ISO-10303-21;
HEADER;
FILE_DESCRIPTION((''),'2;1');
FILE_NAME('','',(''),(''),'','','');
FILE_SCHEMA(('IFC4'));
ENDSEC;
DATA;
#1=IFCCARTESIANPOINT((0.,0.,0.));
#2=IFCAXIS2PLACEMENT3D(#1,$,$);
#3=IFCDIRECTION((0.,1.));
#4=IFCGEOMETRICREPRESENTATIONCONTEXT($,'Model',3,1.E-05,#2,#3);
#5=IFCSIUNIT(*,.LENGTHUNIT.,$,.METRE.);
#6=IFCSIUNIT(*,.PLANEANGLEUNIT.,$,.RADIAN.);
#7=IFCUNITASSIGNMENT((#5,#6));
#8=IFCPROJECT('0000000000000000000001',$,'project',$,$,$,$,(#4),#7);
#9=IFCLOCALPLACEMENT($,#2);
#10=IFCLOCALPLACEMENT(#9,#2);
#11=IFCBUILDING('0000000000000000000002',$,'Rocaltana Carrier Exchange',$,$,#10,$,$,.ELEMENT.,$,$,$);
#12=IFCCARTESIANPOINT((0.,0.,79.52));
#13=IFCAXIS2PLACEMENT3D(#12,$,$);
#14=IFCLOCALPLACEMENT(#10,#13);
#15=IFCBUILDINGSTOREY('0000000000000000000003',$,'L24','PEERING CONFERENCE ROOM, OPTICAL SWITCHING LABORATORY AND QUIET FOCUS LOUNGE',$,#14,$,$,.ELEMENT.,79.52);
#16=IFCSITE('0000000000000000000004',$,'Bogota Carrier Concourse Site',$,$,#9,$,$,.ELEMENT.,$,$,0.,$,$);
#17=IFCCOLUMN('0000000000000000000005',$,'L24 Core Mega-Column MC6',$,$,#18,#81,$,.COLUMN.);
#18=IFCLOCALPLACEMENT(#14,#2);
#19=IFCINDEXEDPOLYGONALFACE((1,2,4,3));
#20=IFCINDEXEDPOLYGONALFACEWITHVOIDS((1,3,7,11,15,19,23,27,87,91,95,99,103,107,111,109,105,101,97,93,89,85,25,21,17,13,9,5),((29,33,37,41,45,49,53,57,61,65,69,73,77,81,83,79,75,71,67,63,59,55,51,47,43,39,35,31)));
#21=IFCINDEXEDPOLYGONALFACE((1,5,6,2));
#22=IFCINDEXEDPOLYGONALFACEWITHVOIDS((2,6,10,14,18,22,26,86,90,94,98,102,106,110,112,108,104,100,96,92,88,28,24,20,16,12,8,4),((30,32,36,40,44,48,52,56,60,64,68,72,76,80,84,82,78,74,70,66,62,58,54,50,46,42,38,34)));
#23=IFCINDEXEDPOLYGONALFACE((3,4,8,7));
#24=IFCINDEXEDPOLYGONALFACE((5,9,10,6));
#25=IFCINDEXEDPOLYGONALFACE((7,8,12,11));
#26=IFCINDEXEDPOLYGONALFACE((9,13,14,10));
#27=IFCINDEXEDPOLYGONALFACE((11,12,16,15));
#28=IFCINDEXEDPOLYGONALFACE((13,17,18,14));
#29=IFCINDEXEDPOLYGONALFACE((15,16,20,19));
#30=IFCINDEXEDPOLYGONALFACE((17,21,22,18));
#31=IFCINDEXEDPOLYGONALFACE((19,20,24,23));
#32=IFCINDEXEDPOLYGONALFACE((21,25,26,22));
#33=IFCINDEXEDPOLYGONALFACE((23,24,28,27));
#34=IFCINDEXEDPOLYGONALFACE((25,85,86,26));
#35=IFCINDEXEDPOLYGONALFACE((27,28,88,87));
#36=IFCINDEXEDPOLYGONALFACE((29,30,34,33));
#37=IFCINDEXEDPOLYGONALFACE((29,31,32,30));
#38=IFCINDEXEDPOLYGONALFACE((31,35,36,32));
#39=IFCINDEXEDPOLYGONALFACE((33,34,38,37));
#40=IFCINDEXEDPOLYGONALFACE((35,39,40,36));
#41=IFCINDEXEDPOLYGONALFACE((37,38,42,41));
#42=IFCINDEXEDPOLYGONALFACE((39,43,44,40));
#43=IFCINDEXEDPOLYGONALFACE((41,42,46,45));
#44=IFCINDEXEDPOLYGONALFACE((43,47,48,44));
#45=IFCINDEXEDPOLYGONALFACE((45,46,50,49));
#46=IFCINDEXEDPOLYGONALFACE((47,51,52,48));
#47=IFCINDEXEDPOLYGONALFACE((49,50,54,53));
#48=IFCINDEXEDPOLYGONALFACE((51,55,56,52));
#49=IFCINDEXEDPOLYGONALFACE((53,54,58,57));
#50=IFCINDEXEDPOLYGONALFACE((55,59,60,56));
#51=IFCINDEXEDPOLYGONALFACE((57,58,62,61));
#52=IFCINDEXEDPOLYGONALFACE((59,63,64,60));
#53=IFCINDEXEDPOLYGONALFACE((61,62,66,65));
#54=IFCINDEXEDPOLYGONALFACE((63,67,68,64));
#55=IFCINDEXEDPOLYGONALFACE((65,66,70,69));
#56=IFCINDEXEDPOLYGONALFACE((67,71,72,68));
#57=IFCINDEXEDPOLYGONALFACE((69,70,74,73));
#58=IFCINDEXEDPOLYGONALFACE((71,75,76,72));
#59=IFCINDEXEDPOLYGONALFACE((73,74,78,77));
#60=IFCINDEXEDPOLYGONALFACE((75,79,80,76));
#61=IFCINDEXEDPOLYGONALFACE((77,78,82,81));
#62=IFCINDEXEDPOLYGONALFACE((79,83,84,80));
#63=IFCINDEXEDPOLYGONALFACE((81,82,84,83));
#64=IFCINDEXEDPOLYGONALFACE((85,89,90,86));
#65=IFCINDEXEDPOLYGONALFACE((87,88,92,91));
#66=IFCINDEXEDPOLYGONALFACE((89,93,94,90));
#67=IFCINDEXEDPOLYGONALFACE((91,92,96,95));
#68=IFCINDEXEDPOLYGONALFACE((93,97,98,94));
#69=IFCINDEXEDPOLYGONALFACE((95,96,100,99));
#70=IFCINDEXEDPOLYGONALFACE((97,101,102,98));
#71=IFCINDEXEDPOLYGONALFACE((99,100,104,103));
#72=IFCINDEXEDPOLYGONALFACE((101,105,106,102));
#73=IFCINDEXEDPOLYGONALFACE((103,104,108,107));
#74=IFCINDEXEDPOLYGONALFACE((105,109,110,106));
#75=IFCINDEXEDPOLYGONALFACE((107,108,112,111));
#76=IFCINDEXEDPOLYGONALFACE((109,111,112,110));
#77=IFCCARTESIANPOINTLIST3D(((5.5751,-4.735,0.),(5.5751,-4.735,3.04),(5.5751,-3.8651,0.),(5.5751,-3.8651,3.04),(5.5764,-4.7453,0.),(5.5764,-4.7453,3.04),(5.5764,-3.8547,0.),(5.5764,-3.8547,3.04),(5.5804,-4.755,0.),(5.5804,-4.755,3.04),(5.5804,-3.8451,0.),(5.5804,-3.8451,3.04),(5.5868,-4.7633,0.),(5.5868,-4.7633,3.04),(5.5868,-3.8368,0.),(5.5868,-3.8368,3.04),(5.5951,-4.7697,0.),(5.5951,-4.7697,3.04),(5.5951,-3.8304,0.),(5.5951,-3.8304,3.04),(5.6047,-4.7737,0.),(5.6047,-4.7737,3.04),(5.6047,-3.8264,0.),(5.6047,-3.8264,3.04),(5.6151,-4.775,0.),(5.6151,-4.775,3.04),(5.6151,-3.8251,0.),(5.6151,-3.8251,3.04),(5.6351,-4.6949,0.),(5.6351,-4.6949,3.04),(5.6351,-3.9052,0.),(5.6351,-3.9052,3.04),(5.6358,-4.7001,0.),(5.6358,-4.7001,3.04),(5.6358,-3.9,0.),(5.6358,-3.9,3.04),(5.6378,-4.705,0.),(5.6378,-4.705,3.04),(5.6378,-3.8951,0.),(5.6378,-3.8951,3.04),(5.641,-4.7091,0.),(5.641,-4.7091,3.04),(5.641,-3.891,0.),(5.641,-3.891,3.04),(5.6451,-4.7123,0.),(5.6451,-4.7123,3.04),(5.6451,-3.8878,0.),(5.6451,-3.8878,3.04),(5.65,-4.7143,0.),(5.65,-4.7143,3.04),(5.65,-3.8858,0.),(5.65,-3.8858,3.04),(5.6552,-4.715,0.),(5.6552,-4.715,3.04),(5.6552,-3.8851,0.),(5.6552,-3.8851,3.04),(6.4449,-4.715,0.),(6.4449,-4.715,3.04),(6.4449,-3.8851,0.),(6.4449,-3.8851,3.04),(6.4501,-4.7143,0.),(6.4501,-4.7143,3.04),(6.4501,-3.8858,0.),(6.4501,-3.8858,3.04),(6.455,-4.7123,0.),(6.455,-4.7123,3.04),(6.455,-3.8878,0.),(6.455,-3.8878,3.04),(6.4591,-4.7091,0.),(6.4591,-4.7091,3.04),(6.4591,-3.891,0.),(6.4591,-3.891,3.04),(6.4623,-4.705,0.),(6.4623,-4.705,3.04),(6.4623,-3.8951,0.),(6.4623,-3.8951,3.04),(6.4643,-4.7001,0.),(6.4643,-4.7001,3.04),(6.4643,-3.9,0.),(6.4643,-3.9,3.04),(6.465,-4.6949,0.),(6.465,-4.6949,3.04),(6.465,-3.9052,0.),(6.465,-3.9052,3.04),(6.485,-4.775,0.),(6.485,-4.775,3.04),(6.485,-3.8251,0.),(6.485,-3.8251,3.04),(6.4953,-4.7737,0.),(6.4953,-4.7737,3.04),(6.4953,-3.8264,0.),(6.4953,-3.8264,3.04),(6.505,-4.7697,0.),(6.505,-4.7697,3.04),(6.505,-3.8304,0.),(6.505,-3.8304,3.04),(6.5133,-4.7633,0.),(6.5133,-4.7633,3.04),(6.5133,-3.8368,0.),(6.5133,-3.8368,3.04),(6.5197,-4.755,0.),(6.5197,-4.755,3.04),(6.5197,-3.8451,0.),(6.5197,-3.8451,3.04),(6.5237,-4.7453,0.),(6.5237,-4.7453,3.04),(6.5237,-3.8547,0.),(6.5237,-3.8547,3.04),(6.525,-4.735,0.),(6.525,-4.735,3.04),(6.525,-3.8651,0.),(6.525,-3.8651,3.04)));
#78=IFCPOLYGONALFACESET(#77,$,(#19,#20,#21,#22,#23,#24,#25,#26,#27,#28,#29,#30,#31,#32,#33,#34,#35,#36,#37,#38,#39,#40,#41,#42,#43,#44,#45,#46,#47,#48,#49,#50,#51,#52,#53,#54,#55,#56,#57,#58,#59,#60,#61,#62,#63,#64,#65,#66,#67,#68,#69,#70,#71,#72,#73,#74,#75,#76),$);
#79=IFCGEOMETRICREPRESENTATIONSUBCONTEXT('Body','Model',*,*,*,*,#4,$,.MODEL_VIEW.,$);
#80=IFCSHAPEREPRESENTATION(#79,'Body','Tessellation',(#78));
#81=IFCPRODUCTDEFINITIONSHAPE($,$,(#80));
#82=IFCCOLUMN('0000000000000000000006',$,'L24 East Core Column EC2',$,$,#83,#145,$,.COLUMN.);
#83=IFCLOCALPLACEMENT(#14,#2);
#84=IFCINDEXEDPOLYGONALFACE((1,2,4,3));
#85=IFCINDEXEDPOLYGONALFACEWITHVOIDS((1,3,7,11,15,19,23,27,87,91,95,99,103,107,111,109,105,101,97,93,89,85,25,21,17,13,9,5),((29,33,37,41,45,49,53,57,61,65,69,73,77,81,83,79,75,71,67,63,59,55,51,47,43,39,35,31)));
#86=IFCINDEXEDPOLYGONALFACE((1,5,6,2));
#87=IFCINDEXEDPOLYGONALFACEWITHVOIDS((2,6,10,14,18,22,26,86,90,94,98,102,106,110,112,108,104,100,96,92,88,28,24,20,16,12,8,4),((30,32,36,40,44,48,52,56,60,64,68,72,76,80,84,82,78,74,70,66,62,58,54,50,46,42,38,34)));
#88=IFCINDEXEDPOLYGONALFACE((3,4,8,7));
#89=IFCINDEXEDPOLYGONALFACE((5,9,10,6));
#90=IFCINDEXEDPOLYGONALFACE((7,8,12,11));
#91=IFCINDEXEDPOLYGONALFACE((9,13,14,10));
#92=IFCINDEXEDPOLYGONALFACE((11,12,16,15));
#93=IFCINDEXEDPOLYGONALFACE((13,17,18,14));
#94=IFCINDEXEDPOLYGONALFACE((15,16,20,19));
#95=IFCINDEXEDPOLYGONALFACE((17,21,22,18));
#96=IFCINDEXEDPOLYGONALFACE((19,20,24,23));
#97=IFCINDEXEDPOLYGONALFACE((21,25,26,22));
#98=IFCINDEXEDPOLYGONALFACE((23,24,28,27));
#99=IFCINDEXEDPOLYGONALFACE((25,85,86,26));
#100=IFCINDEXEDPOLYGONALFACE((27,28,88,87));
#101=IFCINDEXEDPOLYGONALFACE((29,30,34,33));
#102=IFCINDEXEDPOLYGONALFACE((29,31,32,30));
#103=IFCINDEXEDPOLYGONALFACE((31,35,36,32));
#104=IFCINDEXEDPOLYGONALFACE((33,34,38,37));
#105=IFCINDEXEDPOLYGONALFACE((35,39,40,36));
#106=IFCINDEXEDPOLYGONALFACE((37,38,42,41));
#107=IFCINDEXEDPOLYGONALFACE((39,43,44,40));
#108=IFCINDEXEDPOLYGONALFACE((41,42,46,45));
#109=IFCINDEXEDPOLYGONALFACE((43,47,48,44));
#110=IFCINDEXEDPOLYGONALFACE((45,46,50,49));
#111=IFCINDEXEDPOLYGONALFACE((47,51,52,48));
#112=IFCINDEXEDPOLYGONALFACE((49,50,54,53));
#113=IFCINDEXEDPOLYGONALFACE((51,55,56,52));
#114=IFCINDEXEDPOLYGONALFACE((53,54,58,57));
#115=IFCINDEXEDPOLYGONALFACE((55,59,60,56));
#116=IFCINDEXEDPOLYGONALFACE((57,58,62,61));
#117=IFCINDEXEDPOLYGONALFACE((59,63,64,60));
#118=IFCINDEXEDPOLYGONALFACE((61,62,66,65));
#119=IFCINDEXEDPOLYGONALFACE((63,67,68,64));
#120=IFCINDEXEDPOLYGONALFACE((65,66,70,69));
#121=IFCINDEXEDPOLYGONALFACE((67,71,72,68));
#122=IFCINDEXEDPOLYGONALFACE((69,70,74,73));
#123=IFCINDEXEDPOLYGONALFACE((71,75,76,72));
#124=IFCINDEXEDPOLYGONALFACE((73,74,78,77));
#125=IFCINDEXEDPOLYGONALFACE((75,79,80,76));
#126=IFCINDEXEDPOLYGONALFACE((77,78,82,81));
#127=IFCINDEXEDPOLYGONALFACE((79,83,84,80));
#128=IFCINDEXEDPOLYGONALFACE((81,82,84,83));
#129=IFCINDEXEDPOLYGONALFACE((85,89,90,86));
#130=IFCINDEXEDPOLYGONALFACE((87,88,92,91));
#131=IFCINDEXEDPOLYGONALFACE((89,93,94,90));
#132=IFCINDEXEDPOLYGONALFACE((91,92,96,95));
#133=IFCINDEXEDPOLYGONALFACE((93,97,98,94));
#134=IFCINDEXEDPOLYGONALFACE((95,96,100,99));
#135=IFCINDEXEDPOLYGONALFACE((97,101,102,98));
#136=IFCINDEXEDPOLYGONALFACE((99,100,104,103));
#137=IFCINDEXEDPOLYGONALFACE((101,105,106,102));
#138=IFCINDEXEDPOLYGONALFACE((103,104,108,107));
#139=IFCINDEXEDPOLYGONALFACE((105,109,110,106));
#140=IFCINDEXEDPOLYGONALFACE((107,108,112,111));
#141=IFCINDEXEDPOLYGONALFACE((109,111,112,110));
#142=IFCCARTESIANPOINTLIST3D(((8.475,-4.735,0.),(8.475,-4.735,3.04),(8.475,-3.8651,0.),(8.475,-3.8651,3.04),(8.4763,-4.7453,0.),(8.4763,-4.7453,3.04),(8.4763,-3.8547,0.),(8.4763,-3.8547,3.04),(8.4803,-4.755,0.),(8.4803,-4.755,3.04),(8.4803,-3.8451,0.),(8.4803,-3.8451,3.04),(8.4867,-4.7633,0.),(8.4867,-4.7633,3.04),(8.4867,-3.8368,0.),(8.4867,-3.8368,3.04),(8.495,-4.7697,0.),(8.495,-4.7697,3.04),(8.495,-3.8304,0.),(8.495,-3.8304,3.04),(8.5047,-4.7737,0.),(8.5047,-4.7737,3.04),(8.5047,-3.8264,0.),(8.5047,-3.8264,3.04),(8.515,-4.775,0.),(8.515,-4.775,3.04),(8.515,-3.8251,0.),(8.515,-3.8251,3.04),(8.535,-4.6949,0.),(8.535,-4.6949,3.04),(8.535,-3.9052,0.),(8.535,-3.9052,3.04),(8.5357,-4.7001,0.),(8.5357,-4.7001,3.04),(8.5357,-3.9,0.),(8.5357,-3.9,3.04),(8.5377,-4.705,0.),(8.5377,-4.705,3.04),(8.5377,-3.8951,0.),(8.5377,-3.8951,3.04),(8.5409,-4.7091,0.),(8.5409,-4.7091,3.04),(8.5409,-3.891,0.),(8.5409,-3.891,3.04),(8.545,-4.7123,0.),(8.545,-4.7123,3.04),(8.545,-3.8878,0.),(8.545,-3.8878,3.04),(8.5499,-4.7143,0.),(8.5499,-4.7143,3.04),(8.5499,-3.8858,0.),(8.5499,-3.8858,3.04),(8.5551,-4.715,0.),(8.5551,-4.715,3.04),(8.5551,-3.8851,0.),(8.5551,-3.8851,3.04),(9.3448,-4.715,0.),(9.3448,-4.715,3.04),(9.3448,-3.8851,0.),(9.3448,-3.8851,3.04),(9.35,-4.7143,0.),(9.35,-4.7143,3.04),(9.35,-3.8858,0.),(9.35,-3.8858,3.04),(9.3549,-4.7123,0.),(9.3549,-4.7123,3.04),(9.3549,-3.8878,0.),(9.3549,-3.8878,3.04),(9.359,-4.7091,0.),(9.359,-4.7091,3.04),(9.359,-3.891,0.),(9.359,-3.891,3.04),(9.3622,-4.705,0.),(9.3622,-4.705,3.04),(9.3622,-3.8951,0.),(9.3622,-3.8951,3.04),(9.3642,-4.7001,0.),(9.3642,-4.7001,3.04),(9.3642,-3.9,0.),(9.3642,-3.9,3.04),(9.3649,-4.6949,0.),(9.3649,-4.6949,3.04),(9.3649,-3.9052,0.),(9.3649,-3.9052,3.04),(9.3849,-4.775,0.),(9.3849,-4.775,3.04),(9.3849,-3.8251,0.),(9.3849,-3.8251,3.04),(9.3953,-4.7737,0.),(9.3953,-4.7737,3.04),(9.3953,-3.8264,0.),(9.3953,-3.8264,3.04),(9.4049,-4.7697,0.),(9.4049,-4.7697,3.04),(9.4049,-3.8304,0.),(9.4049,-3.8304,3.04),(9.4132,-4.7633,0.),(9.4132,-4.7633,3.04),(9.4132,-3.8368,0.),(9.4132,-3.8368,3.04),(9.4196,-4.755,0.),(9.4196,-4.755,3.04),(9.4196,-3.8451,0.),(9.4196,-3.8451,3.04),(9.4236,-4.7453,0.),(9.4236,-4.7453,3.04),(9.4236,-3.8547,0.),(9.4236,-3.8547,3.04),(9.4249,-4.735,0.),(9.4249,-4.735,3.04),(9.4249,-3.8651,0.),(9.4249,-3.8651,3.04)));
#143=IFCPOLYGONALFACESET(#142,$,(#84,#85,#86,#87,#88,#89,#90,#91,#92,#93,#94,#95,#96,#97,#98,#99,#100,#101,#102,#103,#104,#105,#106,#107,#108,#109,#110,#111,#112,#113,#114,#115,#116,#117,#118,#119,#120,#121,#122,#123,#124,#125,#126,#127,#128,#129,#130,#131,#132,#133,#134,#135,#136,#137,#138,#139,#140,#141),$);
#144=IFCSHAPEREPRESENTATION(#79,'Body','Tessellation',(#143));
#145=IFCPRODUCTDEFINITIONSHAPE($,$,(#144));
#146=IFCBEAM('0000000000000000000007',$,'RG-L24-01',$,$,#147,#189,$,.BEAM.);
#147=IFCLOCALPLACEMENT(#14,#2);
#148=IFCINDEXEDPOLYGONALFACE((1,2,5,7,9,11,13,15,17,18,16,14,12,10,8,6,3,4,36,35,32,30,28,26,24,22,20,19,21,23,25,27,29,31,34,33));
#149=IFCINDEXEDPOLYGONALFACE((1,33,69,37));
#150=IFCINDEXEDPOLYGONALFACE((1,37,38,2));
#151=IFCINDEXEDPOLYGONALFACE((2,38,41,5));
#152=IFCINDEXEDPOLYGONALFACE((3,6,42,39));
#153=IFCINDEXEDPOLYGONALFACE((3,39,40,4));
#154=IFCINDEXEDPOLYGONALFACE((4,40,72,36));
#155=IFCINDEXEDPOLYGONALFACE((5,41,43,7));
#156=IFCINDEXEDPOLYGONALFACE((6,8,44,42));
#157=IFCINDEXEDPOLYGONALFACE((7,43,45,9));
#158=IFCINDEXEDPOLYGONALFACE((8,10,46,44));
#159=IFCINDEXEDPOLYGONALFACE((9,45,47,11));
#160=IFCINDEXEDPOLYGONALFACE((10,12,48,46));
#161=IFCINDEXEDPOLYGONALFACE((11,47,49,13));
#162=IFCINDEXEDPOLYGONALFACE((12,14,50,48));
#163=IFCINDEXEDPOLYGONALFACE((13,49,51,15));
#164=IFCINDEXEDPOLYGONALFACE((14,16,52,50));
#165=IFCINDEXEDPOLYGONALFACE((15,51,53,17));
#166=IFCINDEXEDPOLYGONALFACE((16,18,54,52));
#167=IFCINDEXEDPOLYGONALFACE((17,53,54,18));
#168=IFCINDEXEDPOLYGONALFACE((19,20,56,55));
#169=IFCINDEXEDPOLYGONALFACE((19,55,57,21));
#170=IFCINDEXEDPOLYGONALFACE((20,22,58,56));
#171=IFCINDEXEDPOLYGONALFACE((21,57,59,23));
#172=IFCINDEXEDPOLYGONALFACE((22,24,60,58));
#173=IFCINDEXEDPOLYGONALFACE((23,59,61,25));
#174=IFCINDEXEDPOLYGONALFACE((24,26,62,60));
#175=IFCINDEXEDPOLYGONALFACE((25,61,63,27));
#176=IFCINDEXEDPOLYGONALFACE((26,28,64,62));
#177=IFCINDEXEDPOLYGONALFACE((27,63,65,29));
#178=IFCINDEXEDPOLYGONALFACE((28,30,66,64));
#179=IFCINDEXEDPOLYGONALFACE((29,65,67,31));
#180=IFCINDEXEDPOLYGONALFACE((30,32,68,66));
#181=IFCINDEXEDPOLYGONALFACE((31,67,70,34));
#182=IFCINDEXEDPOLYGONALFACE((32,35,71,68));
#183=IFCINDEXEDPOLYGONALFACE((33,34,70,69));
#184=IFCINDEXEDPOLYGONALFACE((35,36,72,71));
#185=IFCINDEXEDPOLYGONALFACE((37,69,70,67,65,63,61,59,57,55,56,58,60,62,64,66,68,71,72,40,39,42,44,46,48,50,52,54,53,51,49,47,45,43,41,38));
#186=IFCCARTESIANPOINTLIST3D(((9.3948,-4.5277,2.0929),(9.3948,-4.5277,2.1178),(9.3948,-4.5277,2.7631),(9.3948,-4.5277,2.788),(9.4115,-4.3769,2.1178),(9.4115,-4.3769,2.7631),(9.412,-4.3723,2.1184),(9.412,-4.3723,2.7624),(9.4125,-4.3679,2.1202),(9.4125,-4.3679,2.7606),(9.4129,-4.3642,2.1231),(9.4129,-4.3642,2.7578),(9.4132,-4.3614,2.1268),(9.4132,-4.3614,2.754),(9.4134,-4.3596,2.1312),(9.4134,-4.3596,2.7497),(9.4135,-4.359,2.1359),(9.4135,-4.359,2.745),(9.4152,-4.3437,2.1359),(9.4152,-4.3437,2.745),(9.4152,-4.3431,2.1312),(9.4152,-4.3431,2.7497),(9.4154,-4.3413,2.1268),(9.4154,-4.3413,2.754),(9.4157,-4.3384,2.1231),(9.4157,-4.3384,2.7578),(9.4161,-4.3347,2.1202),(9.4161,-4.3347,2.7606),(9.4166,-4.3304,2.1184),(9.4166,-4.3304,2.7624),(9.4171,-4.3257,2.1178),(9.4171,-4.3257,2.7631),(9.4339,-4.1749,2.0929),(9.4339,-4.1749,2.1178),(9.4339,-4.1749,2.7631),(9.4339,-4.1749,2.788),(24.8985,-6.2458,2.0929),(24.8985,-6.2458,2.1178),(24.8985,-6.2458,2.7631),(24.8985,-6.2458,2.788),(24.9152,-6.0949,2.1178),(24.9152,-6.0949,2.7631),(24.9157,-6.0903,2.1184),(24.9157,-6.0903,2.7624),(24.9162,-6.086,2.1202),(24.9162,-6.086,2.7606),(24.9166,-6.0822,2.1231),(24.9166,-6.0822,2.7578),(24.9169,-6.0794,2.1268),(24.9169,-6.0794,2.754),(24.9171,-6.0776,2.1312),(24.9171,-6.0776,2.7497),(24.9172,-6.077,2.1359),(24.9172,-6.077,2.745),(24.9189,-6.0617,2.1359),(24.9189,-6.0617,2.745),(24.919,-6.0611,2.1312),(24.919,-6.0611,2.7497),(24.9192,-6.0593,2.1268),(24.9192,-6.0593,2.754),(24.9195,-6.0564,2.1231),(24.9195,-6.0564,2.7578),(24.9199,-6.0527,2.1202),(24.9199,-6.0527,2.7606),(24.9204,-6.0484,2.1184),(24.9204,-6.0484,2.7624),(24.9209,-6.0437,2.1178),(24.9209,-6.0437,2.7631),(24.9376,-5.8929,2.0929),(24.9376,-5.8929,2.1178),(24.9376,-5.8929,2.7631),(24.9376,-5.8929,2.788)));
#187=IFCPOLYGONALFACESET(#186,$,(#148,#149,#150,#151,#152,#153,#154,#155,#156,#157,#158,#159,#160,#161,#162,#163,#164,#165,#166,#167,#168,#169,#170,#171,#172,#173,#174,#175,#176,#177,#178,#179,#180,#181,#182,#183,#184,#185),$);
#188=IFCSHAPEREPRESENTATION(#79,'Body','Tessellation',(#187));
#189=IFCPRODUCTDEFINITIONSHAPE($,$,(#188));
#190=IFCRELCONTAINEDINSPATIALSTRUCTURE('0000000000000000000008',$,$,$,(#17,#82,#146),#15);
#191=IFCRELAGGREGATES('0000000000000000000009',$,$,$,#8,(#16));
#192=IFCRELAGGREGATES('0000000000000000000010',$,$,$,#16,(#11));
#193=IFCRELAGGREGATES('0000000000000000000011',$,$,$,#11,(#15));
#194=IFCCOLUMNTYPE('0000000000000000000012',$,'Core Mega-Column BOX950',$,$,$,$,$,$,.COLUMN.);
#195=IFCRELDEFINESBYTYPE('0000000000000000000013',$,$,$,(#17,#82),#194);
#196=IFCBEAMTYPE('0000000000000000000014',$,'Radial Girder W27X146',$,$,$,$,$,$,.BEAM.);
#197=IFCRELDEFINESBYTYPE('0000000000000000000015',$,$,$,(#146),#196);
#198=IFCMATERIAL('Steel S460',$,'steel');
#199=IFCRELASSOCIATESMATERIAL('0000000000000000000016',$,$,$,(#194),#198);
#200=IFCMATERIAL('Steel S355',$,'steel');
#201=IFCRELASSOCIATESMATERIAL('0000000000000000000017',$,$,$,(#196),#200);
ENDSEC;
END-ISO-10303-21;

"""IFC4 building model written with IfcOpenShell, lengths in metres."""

from ifc_helpers import new_model, si_unit, direction, frame, origin, origin_2d, place, context, subcontext, project, spatial, hollow_rectangle, i_section, extrude, material, material_profile, profile_set, type_object, element, save


model = new_model("IFC4")

# Units and contexts
model_context = context("Model", 3, precision=1e-05, world=origin(), true_north=direction((0.0, 1.0)))
body_context = subcontext(model_context, "Body", "Model", "MODEL_VIEW")
ifc_project = project(units=[si_unit("LENGTHUNIT", "METRE"), si_unit("PLANEANGLEUNIT", "RADIAN")], contexts=[model_context])

# Site, building, storey
site_placement = place(None, origin())
site = spatial("IfcSite", under=ifc_project, at=site_placement, Name="Bogota Carrier Concourse Site", CompositionType="ELEMENT", RefElevation=0.0)
building_placement = place(site_placement, origin())
building = spatial("IfcBuilding", under=site, at=building_placement, Name="Rocaltana Carrier Exchange", CompositionType="ELEMENT")
storey_placement = place(building_placement, frame((0.0, 0.0, 79.52)))
storey = spatial("IfcBuildingStorey", under=building, at=storey_placement, Name="L24", Description="PEERING CONFERENCE ROOM, OPTICAL SWITCHING LABORATORY AND QUIET FOCUS LOUNGE", CompositionType="ELEMENT", Elevation=79.52)

# Columns
ifc_material_1 = material(Name="Steel S460", Category="steel")
ifc_material_profile_1 = material_profile(ifc_material_1, hollow_rectangle(XDim=0.95, YDim=0.95, WallThickness=0.0601, InnerFilletRadius=0.02, OuterFilletRadius=0.04, at=origin_2d()), Name="BOX950X950X60")
ifc_profile_set_1 = profile_set([ifc_material_profile_1], Name="Steel S460")
column_type = type_object("IfcColumnType", Name="Core Mega-Column BOX950", PredefinedType="COLUMN", material=ifc_profile_set_1)
for number, where, z_axis, x_axis, name in (
    (1, (6.05, -4.3, 0.0), (0.0, 0.0, 1.0), (1.0, 0.0, 0.0), "L24 Core Mega-Column MC6"),
    (2, (8.95, -4.3, 0.0), (0.0, 0.0, 1.0), (1.0, 0.0, 0.0), "L24 East Core Column EC2"),
):
    element("IfcColumn", number, at=place(storey_placement, frame(where, z_axis=z_axis, x_axis=x_axis)), inside=storey, type_object=column_type, Name=name, PredefinedType="COLUMN", context=body_context, shape_type="SweptSolid", body=[
        extrude(hollow_rectangle(XDim=0.95, YDim=0.95, WallThickness=0.0601, InnerFilletRadius=0.02, OuterFilletRadius=0.04, at=origin_2d()), origin(), (0.0, 0.0, 1.0), 3.04),
    ])

# Beam
ifc_material_2 = material(Name="Steel S355", Category="steel")
ifc_material_profile_2 = material_profile(ifc_material_2, i_section(OverallWidth=0.355, OverallDepth=0.6951, WebThickness=0.0154, FlangeThickness=0.0249, FilletRadius=0.0181, at=origin_2d()), Name="W27X146")
ifc_profile_set_2 = profile_set([ifc_material_profile_2], Name="Steel S355")
beam_type = type_object("IfcBeamType", Name="Radial Girder W27X146", PredefinedType="BEAM", material=ifc_profile_set_2)
beam_placement = place(storey_placement, frame((9.4143, -4.3513, 2.4404), z_axis=(0.993916, -0.110139, 0.0), x_axis=(0.110139, 0.993916, 0.0)))
element("IfcBeam", 3, at=beam_placement, inside=storey, type_object=beam_type, Name="RG-L24-01", PredefinedType="BEAM", context=body_context, shape_type="SweptSolid", body=[
    extrude(i_section(OverallWidth=0.355, OverallDepth=0.6951, WebThickness=0.0154, FlangeThickness=0.0249, FilletRadius=0.0181, at=origin_2d()), origin(), (0.0, 0.0, 1.0), 15.5986),
])

save(model, "model.ifc")
